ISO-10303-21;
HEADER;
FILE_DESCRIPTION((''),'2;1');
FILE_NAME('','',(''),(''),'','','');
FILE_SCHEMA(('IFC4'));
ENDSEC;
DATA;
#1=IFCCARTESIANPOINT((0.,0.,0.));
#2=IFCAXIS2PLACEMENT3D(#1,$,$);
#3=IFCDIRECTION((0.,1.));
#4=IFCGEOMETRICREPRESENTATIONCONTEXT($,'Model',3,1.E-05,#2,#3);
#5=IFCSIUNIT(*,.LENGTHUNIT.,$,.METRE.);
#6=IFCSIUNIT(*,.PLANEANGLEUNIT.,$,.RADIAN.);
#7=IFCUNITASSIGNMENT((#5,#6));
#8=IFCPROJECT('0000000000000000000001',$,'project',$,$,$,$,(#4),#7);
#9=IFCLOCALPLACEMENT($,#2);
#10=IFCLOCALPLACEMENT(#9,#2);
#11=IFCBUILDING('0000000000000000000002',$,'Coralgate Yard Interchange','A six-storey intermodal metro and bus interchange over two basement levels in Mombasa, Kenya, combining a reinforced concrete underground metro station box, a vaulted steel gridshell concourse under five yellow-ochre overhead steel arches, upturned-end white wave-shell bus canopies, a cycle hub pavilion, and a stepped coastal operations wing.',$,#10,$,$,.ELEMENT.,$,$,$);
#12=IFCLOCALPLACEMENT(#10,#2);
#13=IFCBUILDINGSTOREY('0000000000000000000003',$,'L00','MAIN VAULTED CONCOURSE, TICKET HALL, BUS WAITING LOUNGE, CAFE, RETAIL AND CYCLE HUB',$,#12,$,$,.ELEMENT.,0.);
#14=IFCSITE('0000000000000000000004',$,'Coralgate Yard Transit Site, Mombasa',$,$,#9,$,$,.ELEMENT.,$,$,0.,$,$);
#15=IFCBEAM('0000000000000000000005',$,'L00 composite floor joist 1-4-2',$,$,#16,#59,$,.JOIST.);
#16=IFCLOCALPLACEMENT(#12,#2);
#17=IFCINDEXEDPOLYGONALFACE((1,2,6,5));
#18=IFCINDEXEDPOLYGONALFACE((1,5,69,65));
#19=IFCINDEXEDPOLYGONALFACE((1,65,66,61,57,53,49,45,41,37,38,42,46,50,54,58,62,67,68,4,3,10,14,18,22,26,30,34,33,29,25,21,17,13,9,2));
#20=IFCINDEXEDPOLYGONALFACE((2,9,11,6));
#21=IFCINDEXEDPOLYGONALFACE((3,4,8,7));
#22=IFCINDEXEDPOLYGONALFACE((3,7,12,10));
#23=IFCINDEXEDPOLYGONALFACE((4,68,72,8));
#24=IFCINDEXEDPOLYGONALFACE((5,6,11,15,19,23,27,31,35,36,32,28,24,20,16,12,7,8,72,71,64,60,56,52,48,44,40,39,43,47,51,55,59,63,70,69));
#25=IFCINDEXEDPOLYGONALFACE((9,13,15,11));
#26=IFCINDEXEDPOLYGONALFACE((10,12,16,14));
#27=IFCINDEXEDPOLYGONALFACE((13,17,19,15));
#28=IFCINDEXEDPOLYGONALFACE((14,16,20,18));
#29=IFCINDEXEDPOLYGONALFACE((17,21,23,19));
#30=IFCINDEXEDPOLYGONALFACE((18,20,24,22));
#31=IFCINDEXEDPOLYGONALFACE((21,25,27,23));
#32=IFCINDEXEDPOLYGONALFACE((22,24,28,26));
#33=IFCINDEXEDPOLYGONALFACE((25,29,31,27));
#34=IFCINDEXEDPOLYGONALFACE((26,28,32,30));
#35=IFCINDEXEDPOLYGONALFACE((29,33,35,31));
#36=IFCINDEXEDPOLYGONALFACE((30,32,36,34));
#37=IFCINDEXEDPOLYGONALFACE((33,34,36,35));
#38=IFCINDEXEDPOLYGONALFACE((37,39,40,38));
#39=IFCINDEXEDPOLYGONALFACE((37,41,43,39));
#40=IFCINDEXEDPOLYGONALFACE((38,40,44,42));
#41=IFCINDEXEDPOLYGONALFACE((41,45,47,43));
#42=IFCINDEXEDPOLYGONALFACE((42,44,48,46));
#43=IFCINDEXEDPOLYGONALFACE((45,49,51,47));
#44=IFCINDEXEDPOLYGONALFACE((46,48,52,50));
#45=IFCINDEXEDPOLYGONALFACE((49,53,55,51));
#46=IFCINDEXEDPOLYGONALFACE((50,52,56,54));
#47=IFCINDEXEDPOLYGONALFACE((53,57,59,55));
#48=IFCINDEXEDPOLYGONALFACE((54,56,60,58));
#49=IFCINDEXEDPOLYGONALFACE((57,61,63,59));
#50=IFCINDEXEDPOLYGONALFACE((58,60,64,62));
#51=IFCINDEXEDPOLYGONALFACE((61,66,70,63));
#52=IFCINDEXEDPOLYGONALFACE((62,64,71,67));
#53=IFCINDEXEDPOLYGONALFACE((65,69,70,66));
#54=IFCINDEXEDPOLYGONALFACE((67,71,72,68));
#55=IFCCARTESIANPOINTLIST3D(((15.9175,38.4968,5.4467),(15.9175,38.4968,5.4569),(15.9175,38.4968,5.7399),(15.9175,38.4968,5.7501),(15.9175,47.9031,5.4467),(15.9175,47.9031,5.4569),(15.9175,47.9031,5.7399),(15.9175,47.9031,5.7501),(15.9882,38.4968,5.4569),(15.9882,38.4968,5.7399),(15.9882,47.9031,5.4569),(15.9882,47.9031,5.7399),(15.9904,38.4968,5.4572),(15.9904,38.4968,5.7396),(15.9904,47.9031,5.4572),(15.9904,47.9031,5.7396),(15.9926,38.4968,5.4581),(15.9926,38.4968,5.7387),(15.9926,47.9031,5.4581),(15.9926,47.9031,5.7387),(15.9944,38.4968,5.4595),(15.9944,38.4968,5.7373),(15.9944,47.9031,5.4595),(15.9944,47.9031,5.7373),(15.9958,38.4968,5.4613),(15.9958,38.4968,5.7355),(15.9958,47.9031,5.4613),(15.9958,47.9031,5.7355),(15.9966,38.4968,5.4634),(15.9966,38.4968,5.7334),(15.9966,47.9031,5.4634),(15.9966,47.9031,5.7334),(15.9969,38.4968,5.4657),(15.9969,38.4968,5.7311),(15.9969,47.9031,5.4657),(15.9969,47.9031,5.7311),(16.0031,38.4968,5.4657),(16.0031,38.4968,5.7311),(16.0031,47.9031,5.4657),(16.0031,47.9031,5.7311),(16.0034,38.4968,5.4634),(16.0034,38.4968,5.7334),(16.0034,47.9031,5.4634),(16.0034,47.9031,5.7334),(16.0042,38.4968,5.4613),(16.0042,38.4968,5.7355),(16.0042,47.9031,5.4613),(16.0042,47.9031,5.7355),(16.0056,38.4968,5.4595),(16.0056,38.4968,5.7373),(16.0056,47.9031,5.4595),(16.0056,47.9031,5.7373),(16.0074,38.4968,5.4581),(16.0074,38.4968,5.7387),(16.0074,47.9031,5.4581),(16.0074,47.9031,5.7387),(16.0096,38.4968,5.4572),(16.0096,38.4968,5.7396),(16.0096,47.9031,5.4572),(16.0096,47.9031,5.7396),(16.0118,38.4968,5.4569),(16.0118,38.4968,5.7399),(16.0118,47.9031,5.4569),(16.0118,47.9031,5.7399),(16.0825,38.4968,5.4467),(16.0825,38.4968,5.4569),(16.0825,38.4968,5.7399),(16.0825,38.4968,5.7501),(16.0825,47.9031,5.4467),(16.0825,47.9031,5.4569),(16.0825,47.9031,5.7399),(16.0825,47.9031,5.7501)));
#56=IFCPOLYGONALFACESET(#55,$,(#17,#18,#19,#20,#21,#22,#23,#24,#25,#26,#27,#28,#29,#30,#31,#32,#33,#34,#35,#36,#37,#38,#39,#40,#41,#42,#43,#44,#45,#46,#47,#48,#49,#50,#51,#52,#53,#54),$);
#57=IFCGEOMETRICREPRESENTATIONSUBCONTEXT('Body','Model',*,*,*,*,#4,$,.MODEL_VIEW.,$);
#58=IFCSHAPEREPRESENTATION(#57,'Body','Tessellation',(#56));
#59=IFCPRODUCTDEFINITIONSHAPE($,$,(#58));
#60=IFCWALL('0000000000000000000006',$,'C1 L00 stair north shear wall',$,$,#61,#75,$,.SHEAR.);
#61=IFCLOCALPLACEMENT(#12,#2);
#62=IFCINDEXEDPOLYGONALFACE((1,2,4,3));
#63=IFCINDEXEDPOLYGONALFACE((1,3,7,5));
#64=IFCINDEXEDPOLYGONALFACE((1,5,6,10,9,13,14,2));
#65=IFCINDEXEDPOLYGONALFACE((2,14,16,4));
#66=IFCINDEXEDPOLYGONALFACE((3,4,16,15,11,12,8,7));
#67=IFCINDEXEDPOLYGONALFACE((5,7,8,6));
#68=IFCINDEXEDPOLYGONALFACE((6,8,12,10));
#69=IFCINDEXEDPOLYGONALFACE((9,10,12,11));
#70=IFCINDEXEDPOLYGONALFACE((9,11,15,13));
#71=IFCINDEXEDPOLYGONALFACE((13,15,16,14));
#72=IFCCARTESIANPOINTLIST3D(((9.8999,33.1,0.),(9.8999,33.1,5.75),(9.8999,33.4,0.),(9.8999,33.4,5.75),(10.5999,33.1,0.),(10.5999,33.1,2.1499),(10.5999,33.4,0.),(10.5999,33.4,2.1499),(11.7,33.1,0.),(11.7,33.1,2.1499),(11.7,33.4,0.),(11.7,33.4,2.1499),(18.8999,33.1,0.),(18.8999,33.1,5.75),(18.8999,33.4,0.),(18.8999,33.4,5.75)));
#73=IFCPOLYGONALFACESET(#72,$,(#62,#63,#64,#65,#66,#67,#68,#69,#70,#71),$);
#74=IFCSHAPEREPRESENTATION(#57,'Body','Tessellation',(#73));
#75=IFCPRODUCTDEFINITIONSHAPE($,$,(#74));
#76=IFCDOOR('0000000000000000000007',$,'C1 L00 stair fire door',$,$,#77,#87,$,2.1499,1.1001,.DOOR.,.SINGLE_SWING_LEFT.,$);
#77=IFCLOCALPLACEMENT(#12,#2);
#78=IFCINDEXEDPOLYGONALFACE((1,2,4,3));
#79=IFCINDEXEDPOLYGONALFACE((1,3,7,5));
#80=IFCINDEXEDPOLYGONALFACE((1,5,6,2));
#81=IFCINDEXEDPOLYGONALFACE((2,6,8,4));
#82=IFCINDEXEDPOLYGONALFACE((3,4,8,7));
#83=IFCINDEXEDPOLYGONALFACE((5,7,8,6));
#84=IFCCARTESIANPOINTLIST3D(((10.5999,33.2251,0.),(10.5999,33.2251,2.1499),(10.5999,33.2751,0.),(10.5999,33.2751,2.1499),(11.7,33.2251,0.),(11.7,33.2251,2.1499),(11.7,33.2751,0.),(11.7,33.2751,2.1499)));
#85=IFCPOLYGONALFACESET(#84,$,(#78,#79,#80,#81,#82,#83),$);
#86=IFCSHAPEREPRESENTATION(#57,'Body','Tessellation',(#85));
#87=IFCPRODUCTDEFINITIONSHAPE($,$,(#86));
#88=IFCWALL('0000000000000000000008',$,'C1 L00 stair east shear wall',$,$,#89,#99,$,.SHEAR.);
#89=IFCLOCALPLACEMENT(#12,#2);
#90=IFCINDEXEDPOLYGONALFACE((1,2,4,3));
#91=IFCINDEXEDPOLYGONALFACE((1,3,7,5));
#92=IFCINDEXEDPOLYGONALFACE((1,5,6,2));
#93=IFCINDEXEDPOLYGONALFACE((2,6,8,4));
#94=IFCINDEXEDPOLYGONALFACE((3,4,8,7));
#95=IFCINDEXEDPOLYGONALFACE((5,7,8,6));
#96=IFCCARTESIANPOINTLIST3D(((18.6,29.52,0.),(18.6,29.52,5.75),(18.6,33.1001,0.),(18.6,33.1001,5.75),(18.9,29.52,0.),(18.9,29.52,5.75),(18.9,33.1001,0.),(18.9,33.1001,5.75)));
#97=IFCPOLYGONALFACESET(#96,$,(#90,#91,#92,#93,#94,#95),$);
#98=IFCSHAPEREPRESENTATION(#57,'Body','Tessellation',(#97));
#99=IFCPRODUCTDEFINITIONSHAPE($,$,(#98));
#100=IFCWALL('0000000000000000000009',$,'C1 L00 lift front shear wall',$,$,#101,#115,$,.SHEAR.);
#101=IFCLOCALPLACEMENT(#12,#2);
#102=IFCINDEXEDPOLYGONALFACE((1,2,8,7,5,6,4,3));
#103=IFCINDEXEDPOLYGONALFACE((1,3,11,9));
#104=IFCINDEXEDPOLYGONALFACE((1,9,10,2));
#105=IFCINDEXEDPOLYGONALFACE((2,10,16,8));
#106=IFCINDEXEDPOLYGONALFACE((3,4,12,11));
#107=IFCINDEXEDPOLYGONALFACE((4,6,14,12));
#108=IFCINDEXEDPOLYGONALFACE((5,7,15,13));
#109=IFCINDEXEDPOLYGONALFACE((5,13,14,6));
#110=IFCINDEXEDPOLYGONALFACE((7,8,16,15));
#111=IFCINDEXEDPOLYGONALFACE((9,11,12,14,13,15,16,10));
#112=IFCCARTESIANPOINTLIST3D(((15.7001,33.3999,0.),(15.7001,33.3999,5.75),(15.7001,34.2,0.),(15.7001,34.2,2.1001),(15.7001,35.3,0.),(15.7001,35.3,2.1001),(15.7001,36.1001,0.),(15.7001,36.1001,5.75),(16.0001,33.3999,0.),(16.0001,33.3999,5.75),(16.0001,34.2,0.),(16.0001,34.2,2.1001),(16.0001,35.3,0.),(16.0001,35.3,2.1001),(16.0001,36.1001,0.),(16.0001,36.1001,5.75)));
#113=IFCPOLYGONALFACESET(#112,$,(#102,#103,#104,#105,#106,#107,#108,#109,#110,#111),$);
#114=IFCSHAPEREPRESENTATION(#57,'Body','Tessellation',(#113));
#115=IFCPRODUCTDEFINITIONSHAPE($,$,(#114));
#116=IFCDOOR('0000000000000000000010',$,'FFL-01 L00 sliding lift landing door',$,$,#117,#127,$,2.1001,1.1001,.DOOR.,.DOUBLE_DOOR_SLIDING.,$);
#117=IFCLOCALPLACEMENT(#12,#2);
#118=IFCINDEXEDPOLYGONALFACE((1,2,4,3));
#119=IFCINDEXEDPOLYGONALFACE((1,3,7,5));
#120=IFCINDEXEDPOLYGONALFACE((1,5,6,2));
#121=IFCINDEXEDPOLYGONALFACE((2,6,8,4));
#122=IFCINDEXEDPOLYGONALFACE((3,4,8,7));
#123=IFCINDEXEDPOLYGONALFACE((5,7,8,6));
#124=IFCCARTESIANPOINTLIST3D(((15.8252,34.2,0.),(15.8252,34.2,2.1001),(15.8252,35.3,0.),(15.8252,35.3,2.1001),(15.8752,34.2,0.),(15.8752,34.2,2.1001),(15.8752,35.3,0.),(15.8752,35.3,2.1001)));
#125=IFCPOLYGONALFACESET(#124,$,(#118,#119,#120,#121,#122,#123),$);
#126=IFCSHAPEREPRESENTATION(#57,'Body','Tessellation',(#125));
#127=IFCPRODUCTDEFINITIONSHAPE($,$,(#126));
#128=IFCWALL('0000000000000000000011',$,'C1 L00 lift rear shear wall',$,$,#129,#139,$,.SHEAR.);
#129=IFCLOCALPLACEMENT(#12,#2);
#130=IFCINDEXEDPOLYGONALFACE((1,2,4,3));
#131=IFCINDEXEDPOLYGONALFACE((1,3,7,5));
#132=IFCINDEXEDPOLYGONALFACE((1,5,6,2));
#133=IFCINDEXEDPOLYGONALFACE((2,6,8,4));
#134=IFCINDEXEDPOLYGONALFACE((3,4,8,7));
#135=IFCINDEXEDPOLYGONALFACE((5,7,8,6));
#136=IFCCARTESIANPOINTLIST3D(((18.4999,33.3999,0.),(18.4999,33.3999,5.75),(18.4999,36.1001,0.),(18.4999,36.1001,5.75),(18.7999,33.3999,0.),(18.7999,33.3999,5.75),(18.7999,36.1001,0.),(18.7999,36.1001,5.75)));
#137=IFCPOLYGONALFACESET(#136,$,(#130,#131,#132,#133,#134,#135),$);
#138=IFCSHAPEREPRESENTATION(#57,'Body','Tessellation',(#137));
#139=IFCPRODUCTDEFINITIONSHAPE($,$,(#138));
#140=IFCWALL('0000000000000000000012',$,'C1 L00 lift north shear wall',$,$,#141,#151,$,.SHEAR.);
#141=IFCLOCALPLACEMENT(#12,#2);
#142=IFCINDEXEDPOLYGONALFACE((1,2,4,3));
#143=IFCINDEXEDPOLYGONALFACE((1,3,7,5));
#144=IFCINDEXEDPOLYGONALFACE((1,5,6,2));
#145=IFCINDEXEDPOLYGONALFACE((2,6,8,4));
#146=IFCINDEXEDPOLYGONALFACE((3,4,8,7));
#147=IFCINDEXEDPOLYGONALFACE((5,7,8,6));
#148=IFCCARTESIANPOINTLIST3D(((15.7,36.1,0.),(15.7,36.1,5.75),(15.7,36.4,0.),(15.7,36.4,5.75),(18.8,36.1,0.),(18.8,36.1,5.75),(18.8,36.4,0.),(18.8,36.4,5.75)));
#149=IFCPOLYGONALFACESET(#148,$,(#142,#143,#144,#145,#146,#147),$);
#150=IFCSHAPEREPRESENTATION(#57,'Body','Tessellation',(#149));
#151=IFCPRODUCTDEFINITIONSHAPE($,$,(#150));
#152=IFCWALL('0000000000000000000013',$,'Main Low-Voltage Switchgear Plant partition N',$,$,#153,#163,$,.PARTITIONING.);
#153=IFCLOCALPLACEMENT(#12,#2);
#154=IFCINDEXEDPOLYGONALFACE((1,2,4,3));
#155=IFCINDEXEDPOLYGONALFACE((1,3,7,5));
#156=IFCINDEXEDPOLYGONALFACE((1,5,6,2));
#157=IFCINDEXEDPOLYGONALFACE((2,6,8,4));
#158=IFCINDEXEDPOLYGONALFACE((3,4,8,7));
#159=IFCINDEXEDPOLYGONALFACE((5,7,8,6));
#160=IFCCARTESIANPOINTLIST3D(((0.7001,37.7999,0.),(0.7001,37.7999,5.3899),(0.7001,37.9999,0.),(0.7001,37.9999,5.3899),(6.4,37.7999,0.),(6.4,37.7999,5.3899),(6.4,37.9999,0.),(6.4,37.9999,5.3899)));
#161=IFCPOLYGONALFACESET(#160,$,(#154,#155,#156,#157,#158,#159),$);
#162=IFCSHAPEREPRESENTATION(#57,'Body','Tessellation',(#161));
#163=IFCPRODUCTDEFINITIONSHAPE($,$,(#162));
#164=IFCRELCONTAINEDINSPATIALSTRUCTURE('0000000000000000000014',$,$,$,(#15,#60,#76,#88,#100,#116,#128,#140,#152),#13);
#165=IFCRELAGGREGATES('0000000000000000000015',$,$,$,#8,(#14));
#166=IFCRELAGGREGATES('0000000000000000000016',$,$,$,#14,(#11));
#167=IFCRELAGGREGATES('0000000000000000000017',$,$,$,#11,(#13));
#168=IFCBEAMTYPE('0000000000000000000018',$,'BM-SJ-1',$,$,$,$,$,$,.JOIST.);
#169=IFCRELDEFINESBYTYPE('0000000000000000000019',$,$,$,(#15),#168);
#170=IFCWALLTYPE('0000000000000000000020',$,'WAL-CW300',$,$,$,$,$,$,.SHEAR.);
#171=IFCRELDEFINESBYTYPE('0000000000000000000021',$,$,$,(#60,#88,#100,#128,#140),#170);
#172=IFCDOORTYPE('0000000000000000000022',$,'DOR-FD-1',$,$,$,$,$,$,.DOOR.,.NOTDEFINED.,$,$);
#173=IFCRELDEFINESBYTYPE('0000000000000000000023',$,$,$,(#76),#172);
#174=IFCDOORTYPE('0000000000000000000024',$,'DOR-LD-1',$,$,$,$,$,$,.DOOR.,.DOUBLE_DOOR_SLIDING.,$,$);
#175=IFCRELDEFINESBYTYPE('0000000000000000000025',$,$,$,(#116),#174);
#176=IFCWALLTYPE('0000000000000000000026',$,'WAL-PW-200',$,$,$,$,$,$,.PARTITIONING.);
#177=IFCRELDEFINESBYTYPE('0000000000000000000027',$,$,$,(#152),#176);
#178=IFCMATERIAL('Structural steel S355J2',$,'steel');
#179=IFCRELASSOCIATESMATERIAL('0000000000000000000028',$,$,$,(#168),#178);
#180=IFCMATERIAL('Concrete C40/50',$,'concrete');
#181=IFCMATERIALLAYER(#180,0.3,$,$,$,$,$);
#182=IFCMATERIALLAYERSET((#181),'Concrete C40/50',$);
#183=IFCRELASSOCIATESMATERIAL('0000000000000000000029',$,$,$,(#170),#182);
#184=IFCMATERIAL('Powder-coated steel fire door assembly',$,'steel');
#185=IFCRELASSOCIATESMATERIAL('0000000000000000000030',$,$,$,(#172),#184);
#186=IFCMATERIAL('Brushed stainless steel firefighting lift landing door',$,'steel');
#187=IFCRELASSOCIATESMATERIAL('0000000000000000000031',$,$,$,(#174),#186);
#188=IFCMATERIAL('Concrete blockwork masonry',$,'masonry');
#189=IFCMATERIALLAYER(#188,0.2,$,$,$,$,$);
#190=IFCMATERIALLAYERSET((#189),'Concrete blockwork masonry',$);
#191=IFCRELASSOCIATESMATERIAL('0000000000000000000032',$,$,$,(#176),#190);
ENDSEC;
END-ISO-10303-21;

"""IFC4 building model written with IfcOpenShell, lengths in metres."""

from ifc_helpers import new_model, si_unit, direction, frame, frame_2d, origin, origin_2d, place, context, subcontext, project, spatial, rectangle, i_section, extrude, material, layer, layer_set, material_profile, profile_set, type_object, element, fill, save


model = new_model("IFC4")

# Units and contexts
model_context = context("Model", 3, precision=1e-05, world=origin(), true_north=direction((0.0, 1.0)))
body_context = subcontext(model_context, "Body", "Model", "MODEL_VIEW")
ifc_project = project(units=[si_unit("LENGTHUNIT", "METRE"), si_unit("PLANEANGLEUNIT", "RADIAN")], contexts=[model_context])

# Site, building, storey
site_placement = place(None, origin())
site = spatial("IfcSite", under=ifc_project, at=site_placement, Name="Coralgate Yard Transit Site, Mombasa", CompositionType="ELEMENT", RefElevation=0.0)
building_placement = place(site_placement, origin())
building = spatial("IfcBuilding", under=site, at=building_placement, Name="Coralgate Yard Interchange", Description="A six-storey intermodal metro and bus interchange over two basement levels in Mombasa, Kenya, combining a reinforced concrete underground metro station box, a vaulted steel gridshell concourse under five yellow-ochre overhead steel arches, upturned-end white wave-shell bus canopies, a cycle hub pavilion, and a stepped coastal operations wing.", CompositionType="ELEMENT")
storey_placement = place(building_placement, origin())
storey = spatial("IfcBuildingStorey", under=building, at=storey_placement, Name="L00", Description="MAIN VAULTED CONCOURSE, TICKET HALL, BUS WAITING LOUNGE, CAFE, RETAIL AND CYCLE HUB", CompositionType="ELEMENT", Elevation=0.0)

# Shared definitions
ifc_material_1 = material(Name="Structural steel S355J2", Category="steel")

# Beam
ifc_material_profile_1 = material_profile(ifc_material_1, i_section(OverallWidth=0.165, OverallDepth=0.3035, WebThickness=0.0061, FlangeThickness=0.0103, FilletRadius=0.0088, at=origin_2d()), Name="UB 305x165x40")
ifc_profile_set_1 = profile_set([ifc_material_profile_1], Name="Structural steel S355J2")
beam_type_1 = type_object("IfcBeamType", Name="BM-SJ-1", PredefinedType="JOIST", material=ifc_profile_set_1)
for number, where, z_axis, x_axis, name in (
    (1, (16.0, 38.4968, 5.5984), (0.0, 1.0, 0.0), (-1.0, 0.0, 0.0), "L00 composite floor joist 1-4-2"),
):
    element("IfcBeam", number, at=place(storey_placement, frame(where, z_axis=z_axis, x_axis=x_axis)), inside=storey, type_object=beam_type_1, Name=name, PredefinedType="JOIST", context=body_context, shape_type="SweptSolid", body=[
        extrude(i_section(OverallWidth=0.165, OverallDepth=0.3035, WebThickness=0.0061, FlangeThickness=0.0103, FilletRadius=0.0088, at=origin_2d()), origin(), (0.0, 0.0, 1.0), 9.4062),
    ])

# Wall, opening, door
ifc_material_2 = material(Name="Concrete C40/50", Category="concrete")
ifc_layer_1 = layer(ifc_material_2, 0.3)
ifc_layer_set_1 = layer_set([ifc_layer_1], Name="Concrete C40/50")
wall_type_1 = type_object("IfcWallType", Name="WAL-CW300", PredefinedType="SHEAR", material=ifc_layer_set_1)
wall_1_placement = place(storey_placement, frame((18.8999, 33.25, 0.0), z_axis=(0.0, 0.0, 1.0), x_axis=(-1.0, 0.0, 0.0)))
wall_1 = element("IfcWall", 2, at=wall_1_placement, inside=storey, type_object=wall_type_1, Name="C1 L00 stair north shear wall", PredefinedType="SHEAR", context=body_context, shape_type="SweptSolid", body=[
    extrude(rectangle(XDim=9.0, YDim=0.3, at=frame_2d((4.5, 0.0))), origin(), (0.0, 0.0, 1.0), 5.75),
])
opening_1_placement = place(wall_1_placement, frame((7.2, 0.0, 0.0)))
opening_1 = element("IfcOpeningElement", 3, at=opening_1_placement, cuts=wall_1, PredefinedType="OPENING", context=body_context, shape_type="SweptSolid", body=[
    extrude(rectangle(XDim=1.1001, YDim=2.1499, at=frame_2d((0.55, 1.075))), frame((0.0, 0.1599, 0.0), z_axis=(0.0, -1.0, 0.0), x_axis=(1.0, 0.0, 0.0)), (0.0, 0.0, 1.0), 0.3201),
])
ifc_material_3 = material(Name="Powder-coated steel fire door assembly", Category="steel")
door_type_1 = type_object("IfcDoorType", Name="DOR-FD-1", OperationType="NOTDEFINED", PredefinedType="DOOR", material=ifc_material_3)
door_1_placement = place(opening_1_placement, origin())
door_1 = element("IfcDoor", 4, at=door_1_placement, inside=storey, type_object=door_type_1, Name="C1 L00 stair fire door", OperationType="SINGLE_SWING_LEFT", OverallHeight=2.1499, OverallWidth=1.1001, PredefinedType="DOOR", context=body_context, shape_type="SweptSolid", body=[
    extrude(rectangle(XDim=1.1001, YDim=2.1499, at=frame_2d((0.55, 1.075))), frame((0.0, 0.0249, 0.0), z_axis=(0.0, -1.0, 0.0), x_axis=(1.0, 0.0, 0.0)), (0.0, 0.0, 1.0), 0.05),
])
fill(opening_1, door_1)

# Wall
wall_2_placement = place(storey_placement, frame((18.75, 33.1001, 0.0), z_axis=(0.0, 0.0, 1.0), x_axis=(0.0, -1.0, 0.0)))
element("IfcWall", 5, at=wall_2_placement, inside=storey, type_object=wall_type_1, Name="C1 L00 stair east shear wall", PredefinedType="SHEAR", context=body_context, shape_type="SweptSolid", body=[
    extrude(rectangle(XDim=3.5801, YDim=0.3, at=frame_2d((1.79, 0.0))), origin(), (0.0, 0.0, 1.0), 5.75),
])

# Wall, opening, door
wall_3_placement = place(storey_placement, frame((15.8501, 36.1001, 0.0), z_axis=(0.0, 0.0, 1.0), x_axis=(0.0, -1.0, 0.0)))
wall_3 = element("IfcWall", 6, at=wall_3_placement, inside=storey, type_object=wall_type_1, Name="C1 L00 lift front shear wall", PredefinedType="SHEAR", context=body_context, shape_type="SweptSolid", body=[
    extrude(rectangle(XDim=2.7002, YDim=0.3, at=frame_2d((1.3501, 0.0))), origin(), (0.0, 0.0, 1.0), 5.75),
])
opening_2_placement = place(wall_3_placement, frame((0.8, 0.0, 0.0)))
opening_2 = element("IfcOpeningElement", 7, at=opening_2_placement, cuts=wall_3, PredefinedType="OPENING", context=body_context, shape_type="SweptSolid", body=[
    extrude(rectangle(XDim=1.1001, YDim=2.1001, at=frame_2d((0.55, 1.05))), frame((0.0, 0.1599, 0.0), z_axis=(0.0, -1.0, 0.0), x_axis=(1.0, 0.0, 0.0)), (0.0, 0.0, 1.0), 0.3201),
])
ifc_material_4 = material(Name="Brushed stainless steel firefighting lift landing door", Category="steel")
door_type_2 = type_object("IfcDoorType", Name="DOR-LD-1", OperationType="DOUBLE_DOOR_SLIDING", PredefinedType="DOOR", material=ifc_material_4)
door_2_placement = place(opening_2_placement, frame((1.1001, 0.0, 0.0), z_axis=(0.0, 0.0, 1.0), x_axis=(-1.0, 0.0, 0.0)))
door_2 = element("IfcDoor", 8, at=door_2_placement, inside=storey, type_object=door_type_2, Name="FFL-01 L00 sliding lift landing door", OperationType="DOUBLE_DOOR_SLIDING", OverallHeight=2.1001, OverallWidth=1.1001, PredefinedType="DOOR", context=body_context, shape_type="SweptSolid", body=[
    extrude(rectangle(XDim=1.1001, YDim=2.1001, at=frame_2d((0.55, 1.05))), frame((0.0, 0.0249, 0.0), z_axis=(0.0, -1.0, 0.0), x_axis=(1.0, 0.0, 0.0)), (0.0, 0.0, 1.0), 0.05),
])
fill(opening_2, door_2)

# Walls
wall_4_placement = place(storey_placement, frame((18.6499, 33.3999, 0.0), z_axis=(0.0, 0.0, 1.0), x_axis=(0.0, 1.0, 0.0)))
element("IfcWall", 9, at=wall_4_placement, inside=storey, type_object=wall_type_1, Name="C1 L00 lift rear shear wall", PredefinedType="SHEAR", context=body_context, shape_type="SweptSolid", body=[
    extrude(rectangle(XDim=2.7002, YDim=0.3, at=frame_2d((1.3501, 0.0))), origin(), (0.0, 0.0, 1.0), 5.75),
])
wall_5_placement = place(storey_placement, frame((15.7, 36.25, 0.0), z_axis=(0.0, 0.0, 1.0), x_axis=(1.0, 0.0, 0.0)))
element("IfcWall", 10, at=wall_5_placement, inside=storey, type_object=wall_type_1, Name="C1 L00 lift north shear wall", PredefinedType="SHEAR", context=body_context, shape_type="SweptSolid", body=[
    extrude(rectangle(XDim=3.1001, YDim=0.3, at=frame_2d((1.55, 0.0))), origin(), (0.0, 0.0, 1.0), 5.75),
])
ifc_material_5 = material(Name="Concrete blockwork masonry", Category="masonry")
ifc_layer_2 = layer(ifc_material_5, 0.2)
ifc_layer_set_2 = layer_set([ifc_layer_2], Name="Concrete blockwork masonry")
wall_type_2 = type_object("IfcWallType", Name="WAL-PW-200", PredefinedType="PARTITIONING", material=ifc_layer_set_2)
wall_6_placement = place(storey_placement, frame((0.7, 37.8999, 0.0), z_axis=(0.0, 0.0, 1.0), x_axis=(1.0, 0.0, 0.0)))
element("IfcWall", 11, at=wall_6_placement, inside=storey, type_object=wall_type_2, Name="Main Low-Voltage Switchgear Plant partition N", PredefinedType="PARTITIONING", context=body_context, shape_type="SweptSolid", body=[
    extrude(rectangle(XDim=5.7, YDim=0.2, at=frame_2d((2.8501, 0.0))), origin(), (0.0, 0.0, 1.0), 5.3899),
])

save(model, "model.ifc")
